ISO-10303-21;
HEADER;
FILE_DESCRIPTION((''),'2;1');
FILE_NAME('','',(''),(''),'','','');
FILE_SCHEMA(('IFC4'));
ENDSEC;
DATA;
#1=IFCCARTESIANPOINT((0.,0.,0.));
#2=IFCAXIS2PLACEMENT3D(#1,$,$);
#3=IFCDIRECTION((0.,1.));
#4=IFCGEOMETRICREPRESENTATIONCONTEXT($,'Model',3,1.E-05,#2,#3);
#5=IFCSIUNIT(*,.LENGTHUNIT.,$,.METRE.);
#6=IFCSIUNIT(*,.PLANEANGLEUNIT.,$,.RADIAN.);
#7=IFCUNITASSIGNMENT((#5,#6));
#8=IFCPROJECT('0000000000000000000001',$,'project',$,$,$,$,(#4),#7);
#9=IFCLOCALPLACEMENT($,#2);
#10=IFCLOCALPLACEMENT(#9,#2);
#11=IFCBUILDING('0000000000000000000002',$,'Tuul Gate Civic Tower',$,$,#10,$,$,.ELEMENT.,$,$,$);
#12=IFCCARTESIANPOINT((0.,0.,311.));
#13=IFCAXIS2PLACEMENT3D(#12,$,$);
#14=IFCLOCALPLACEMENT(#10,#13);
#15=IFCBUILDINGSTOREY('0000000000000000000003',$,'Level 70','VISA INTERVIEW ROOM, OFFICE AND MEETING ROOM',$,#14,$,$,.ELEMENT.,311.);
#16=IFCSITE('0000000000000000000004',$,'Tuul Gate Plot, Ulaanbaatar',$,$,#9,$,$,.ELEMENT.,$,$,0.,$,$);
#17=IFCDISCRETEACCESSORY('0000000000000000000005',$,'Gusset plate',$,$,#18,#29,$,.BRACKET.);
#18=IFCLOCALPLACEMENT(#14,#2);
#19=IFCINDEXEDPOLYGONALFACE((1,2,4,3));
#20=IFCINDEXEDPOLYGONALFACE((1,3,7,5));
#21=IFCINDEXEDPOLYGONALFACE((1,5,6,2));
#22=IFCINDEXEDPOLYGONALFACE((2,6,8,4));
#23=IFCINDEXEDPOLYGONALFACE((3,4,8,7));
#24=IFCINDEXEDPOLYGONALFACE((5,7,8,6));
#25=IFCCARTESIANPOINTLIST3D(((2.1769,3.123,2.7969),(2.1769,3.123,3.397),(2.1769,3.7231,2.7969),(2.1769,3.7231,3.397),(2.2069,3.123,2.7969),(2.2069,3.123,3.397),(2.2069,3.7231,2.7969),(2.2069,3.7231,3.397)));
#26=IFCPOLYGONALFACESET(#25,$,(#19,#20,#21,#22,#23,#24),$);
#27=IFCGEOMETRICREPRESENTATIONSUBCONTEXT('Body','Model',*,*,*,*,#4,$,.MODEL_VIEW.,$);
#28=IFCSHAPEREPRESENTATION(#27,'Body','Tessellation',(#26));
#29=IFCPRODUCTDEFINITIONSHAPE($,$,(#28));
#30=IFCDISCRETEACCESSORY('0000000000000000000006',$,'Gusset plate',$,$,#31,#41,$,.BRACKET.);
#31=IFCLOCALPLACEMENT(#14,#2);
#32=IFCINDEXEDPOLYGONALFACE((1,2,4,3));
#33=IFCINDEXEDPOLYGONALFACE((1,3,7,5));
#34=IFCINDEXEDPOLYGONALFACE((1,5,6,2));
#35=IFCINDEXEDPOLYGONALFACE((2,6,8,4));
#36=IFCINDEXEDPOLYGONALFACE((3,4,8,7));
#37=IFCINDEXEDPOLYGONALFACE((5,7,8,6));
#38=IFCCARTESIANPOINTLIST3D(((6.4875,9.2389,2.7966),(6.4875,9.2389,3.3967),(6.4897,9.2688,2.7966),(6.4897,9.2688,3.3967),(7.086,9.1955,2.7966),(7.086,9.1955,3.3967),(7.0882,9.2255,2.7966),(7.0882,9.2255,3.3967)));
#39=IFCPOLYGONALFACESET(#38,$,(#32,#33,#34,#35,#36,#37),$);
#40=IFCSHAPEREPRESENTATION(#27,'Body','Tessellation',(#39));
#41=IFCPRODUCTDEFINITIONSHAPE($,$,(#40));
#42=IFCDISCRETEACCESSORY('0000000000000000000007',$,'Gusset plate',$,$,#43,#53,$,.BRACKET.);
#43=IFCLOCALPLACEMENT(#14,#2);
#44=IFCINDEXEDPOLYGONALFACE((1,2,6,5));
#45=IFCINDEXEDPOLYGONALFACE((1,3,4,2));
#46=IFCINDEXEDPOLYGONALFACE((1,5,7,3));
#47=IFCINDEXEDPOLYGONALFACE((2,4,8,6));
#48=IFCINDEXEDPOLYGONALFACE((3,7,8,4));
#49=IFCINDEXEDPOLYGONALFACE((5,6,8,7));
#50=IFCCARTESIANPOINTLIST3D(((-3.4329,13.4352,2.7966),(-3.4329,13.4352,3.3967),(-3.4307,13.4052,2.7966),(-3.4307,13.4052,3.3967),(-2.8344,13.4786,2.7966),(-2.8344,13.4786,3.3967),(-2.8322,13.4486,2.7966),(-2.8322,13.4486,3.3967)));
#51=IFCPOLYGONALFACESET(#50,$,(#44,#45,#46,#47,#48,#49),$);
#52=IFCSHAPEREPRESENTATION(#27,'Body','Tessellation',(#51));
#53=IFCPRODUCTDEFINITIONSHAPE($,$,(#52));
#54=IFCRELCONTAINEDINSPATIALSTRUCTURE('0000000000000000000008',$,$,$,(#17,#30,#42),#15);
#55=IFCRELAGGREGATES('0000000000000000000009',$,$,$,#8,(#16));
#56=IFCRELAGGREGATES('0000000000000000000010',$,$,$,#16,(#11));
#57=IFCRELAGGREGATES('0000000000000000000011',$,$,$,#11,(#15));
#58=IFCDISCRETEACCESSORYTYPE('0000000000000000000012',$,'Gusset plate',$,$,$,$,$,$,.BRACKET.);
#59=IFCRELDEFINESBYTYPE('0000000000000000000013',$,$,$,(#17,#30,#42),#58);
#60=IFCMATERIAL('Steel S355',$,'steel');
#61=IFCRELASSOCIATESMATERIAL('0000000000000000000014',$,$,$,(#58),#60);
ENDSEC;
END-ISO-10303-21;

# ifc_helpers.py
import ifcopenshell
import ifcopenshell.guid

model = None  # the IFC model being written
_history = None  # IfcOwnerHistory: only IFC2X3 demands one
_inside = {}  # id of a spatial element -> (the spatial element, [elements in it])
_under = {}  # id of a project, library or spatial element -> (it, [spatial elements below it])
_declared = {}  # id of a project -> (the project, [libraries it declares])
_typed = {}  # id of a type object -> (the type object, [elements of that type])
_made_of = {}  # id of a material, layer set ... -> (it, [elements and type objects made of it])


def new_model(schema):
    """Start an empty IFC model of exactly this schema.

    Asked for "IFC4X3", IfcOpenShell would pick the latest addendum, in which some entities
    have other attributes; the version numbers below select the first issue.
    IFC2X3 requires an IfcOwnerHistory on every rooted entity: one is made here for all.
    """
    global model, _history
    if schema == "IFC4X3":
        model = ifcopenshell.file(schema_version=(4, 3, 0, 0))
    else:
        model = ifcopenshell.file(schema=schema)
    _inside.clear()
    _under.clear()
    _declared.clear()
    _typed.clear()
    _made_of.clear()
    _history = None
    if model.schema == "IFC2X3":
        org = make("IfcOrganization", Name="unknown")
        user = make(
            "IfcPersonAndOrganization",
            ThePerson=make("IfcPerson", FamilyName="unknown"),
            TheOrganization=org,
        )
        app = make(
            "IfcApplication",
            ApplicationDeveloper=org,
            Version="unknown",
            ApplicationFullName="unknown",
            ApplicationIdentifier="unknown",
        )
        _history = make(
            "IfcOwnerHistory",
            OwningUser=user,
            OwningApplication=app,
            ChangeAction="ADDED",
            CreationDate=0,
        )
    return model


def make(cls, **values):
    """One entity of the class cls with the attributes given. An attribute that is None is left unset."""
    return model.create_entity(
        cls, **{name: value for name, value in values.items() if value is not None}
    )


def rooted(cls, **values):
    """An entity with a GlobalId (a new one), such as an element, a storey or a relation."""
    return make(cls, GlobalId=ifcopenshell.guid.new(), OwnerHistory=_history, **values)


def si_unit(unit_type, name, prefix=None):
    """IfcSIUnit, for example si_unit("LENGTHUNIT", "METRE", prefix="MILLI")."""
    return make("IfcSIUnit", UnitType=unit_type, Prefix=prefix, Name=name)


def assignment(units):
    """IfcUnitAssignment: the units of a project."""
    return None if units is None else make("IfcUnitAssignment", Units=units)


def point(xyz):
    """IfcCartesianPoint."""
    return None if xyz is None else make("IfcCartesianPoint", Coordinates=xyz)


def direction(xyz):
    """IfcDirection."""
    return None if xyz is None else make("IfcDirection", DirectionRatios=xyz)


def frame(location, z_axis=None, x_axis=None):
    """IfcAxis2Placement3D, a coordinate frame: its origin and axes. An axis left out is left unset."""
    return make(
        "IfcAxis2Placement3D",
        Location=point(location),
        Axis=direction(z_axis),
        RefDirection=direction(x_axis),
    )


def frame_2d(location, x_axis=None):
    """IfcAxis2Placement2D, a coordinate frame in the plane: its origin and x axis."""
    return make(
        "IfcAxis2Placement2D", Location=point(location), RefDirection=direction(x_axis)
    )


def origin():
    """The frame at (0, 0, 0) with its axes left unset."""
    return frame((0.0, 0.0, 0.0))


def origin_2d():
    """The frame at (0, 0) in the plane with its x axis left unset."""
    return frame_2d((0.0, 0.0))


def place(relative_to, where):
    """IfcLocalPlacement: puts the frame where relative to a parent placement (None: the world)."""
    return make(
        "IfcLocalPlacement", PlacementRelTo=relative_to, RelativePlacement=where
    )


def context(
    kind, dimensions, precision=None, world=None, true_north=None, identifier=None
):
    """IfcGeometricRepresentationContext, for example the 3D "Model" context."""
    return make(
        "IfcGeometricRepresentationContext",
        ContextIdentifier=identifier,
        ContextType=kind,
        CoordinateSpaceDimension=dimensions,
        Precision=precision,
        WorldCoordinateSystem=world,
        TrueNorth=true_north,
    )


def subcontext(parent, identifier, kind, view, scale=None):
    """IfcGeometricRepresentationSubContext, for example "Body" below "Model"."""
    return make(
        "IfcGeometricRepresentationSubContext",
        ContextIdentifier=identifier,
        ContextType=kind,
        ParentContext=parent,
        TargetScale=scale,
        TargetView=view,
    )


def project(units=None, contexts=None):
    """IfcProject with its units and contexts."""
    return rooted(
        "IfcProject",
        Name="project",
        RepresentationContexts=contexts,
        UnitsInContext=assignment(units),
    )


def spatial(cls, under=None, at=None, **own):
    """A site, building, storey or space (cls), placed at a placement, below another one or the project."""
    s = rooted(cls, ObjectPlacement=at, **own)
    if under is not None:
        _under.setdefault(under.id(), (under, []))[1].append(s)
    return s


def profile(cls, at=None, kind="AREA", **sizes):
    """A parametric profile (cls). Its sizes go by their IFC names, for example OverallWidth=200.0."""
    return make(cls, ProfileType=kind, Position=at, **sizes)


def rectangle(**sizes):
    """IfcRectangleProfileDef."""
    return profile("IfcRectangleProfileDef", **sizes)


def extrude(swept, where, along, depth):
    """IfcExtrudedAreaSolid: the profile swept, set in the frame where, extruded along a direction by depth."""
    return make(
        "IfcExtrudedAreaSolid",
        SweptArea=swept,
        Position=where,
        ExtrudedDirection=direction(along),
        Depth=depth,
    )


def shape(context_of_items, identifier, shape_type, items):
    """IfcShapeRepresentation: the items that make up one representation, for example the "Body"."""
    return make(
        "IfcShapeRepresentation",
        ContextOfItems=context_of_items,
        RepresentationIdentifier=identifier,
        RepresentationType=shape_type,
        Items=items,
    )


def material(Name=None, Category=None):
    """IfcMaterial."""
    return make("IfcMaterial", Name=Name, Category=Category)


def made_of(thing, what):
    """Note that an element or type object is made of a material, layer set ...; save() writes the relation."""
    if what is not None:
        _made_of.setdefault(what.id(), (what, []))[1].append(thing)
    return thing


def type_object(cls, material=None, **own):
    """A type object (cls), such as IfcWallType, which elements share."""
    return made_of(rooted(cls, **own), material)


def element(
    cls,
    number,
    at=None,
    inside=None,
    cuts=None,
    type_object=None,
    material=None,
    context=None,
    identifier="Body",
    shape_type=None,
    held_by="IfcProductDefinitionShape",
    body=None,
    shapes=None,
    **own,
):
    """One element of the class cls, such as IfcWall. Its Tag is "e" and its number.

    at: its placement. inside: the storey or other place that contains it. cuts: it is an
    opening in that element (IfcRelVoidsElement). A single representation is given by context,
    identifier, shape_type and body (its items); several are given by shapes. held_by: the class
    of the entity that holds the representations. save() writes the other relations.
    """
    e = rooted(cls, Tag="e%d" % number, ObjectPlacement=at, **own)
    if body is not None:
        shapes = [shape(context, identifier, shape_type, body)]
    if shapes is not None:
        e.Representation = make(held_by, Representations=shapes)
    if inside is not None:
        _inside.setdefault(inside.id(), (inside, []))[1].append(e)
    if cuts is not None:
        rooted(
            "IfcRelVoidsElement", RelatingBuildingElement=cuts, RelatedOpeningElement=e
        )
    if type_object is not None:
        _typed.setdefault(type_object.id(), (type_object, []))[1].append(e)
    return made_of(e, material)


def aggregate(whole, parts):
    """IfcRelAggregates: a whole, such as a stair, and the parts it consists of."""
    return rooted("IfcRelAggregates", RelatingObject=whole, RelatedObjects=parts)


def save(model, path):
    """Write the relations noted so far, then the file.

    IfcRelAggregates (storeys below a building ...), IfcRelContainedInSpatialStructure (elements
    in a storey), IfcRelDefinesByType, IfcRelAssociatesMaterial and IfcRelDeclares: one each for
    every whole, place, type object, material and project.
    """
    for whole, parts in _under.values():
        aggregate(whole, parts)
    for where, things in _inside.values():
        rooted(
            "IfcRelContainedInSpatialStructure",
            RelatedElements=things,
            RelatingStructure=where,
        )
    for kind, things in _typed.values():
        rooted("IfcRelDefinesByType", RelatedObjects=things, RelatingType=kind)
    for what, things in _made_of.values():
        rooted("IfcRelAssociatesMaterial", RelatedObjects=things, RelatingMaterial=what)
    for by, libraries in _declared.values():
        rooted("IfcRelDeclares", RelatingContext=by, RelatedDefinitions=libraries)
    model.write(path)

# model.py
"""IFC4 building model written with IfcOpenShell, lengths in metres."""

from ifc_helpers import new_model, si_unit, direction, frame, origin, origin_2d, place, context, subcontext, project, spatial, rectangle, extrude, material, type_object, element, save


model = new_model("IFC4")

# Units and contexts
model_context = context("Model", 3, precision=1e-05, world=origin(), true_north=direction((0.0, 1.0)))
body_context = subcontext(model_context, "Body", "Model", "MODEL_VIEW")
ifc_project = project(units=[si_unit("LENGTHUNIT", "METRE"), si_unit("PLANEANGLEUNIT", "RADIAN")], contexts=[model_context])

# Site, building, storey
site_placement = place(None, origin())
site = spatial("IfcSite", under=ifc_project, at=site_placement, Name="Tuul Gate Plot, Ulaanbaatar", CompositionType="ELEMENT", RefElevation=0.0)
building_placement = place(site_placement, origin())
building = spatial("IfcBuilding", under=site, at=building_placement, Name="Tuul Gate Civic Tower", CompositionType="ELEMENT")
storey_placement = place(building_placement, frame((0.0, 0.0, 311.0)))
storey = spatial("IfcBuildingStorey", under=building, at=storey_placement, Name="Level 70", Description="VISA INTERVIEW ROOM, OFFICE AND MEETING ROOM", CompositionType="ELEMENT", Elevation=311.0)

# Discrete accessories
ifc_material_1 = material(Name="Steel S355", Category="steel")
discrete_accessory_type = type_object("IfcDiscreteAccessoryType", Name="Gusset plate", PredefinedType="BRACKET", material=ifc_material_1)
for number, where, z_axis, x_axis, name in (
    (1, (2.1919, 3.4231, 2.7969), (0.0, 0.0, 1.0), (0.0, 1.0, 0.0), "Gusset plate"),
    (2, (6.7878, 9.2322, 2.7966), (0.0, 0.0, 1.0), (0.997383, -0.072299, 0.0), "Gusset plate"),
    (3, (-3.1326, 13.4419, 2.7966), (0.0, 0.0, 1.0), (0.997383, 0.072305, 0.0), "Gusset plate"),
):
    element("IfcDiscreteAccessory", number, at=place(storey_placement, frame(where, z_axis=z_axis, x_axis=x_axis)), inside=storey, type_object=discrete_accessory_type, Name=name, PredefinedType="BRACKET", context=body_context, shape_type="SweptSolid", body=[
        extrude(rectangle(XDim=0.6001, YDim=0.03, at=origin_2d()), origin(), (0.0, 0.0, 1.0), 0.6001),
    ])

save(model, "model.ifc")
